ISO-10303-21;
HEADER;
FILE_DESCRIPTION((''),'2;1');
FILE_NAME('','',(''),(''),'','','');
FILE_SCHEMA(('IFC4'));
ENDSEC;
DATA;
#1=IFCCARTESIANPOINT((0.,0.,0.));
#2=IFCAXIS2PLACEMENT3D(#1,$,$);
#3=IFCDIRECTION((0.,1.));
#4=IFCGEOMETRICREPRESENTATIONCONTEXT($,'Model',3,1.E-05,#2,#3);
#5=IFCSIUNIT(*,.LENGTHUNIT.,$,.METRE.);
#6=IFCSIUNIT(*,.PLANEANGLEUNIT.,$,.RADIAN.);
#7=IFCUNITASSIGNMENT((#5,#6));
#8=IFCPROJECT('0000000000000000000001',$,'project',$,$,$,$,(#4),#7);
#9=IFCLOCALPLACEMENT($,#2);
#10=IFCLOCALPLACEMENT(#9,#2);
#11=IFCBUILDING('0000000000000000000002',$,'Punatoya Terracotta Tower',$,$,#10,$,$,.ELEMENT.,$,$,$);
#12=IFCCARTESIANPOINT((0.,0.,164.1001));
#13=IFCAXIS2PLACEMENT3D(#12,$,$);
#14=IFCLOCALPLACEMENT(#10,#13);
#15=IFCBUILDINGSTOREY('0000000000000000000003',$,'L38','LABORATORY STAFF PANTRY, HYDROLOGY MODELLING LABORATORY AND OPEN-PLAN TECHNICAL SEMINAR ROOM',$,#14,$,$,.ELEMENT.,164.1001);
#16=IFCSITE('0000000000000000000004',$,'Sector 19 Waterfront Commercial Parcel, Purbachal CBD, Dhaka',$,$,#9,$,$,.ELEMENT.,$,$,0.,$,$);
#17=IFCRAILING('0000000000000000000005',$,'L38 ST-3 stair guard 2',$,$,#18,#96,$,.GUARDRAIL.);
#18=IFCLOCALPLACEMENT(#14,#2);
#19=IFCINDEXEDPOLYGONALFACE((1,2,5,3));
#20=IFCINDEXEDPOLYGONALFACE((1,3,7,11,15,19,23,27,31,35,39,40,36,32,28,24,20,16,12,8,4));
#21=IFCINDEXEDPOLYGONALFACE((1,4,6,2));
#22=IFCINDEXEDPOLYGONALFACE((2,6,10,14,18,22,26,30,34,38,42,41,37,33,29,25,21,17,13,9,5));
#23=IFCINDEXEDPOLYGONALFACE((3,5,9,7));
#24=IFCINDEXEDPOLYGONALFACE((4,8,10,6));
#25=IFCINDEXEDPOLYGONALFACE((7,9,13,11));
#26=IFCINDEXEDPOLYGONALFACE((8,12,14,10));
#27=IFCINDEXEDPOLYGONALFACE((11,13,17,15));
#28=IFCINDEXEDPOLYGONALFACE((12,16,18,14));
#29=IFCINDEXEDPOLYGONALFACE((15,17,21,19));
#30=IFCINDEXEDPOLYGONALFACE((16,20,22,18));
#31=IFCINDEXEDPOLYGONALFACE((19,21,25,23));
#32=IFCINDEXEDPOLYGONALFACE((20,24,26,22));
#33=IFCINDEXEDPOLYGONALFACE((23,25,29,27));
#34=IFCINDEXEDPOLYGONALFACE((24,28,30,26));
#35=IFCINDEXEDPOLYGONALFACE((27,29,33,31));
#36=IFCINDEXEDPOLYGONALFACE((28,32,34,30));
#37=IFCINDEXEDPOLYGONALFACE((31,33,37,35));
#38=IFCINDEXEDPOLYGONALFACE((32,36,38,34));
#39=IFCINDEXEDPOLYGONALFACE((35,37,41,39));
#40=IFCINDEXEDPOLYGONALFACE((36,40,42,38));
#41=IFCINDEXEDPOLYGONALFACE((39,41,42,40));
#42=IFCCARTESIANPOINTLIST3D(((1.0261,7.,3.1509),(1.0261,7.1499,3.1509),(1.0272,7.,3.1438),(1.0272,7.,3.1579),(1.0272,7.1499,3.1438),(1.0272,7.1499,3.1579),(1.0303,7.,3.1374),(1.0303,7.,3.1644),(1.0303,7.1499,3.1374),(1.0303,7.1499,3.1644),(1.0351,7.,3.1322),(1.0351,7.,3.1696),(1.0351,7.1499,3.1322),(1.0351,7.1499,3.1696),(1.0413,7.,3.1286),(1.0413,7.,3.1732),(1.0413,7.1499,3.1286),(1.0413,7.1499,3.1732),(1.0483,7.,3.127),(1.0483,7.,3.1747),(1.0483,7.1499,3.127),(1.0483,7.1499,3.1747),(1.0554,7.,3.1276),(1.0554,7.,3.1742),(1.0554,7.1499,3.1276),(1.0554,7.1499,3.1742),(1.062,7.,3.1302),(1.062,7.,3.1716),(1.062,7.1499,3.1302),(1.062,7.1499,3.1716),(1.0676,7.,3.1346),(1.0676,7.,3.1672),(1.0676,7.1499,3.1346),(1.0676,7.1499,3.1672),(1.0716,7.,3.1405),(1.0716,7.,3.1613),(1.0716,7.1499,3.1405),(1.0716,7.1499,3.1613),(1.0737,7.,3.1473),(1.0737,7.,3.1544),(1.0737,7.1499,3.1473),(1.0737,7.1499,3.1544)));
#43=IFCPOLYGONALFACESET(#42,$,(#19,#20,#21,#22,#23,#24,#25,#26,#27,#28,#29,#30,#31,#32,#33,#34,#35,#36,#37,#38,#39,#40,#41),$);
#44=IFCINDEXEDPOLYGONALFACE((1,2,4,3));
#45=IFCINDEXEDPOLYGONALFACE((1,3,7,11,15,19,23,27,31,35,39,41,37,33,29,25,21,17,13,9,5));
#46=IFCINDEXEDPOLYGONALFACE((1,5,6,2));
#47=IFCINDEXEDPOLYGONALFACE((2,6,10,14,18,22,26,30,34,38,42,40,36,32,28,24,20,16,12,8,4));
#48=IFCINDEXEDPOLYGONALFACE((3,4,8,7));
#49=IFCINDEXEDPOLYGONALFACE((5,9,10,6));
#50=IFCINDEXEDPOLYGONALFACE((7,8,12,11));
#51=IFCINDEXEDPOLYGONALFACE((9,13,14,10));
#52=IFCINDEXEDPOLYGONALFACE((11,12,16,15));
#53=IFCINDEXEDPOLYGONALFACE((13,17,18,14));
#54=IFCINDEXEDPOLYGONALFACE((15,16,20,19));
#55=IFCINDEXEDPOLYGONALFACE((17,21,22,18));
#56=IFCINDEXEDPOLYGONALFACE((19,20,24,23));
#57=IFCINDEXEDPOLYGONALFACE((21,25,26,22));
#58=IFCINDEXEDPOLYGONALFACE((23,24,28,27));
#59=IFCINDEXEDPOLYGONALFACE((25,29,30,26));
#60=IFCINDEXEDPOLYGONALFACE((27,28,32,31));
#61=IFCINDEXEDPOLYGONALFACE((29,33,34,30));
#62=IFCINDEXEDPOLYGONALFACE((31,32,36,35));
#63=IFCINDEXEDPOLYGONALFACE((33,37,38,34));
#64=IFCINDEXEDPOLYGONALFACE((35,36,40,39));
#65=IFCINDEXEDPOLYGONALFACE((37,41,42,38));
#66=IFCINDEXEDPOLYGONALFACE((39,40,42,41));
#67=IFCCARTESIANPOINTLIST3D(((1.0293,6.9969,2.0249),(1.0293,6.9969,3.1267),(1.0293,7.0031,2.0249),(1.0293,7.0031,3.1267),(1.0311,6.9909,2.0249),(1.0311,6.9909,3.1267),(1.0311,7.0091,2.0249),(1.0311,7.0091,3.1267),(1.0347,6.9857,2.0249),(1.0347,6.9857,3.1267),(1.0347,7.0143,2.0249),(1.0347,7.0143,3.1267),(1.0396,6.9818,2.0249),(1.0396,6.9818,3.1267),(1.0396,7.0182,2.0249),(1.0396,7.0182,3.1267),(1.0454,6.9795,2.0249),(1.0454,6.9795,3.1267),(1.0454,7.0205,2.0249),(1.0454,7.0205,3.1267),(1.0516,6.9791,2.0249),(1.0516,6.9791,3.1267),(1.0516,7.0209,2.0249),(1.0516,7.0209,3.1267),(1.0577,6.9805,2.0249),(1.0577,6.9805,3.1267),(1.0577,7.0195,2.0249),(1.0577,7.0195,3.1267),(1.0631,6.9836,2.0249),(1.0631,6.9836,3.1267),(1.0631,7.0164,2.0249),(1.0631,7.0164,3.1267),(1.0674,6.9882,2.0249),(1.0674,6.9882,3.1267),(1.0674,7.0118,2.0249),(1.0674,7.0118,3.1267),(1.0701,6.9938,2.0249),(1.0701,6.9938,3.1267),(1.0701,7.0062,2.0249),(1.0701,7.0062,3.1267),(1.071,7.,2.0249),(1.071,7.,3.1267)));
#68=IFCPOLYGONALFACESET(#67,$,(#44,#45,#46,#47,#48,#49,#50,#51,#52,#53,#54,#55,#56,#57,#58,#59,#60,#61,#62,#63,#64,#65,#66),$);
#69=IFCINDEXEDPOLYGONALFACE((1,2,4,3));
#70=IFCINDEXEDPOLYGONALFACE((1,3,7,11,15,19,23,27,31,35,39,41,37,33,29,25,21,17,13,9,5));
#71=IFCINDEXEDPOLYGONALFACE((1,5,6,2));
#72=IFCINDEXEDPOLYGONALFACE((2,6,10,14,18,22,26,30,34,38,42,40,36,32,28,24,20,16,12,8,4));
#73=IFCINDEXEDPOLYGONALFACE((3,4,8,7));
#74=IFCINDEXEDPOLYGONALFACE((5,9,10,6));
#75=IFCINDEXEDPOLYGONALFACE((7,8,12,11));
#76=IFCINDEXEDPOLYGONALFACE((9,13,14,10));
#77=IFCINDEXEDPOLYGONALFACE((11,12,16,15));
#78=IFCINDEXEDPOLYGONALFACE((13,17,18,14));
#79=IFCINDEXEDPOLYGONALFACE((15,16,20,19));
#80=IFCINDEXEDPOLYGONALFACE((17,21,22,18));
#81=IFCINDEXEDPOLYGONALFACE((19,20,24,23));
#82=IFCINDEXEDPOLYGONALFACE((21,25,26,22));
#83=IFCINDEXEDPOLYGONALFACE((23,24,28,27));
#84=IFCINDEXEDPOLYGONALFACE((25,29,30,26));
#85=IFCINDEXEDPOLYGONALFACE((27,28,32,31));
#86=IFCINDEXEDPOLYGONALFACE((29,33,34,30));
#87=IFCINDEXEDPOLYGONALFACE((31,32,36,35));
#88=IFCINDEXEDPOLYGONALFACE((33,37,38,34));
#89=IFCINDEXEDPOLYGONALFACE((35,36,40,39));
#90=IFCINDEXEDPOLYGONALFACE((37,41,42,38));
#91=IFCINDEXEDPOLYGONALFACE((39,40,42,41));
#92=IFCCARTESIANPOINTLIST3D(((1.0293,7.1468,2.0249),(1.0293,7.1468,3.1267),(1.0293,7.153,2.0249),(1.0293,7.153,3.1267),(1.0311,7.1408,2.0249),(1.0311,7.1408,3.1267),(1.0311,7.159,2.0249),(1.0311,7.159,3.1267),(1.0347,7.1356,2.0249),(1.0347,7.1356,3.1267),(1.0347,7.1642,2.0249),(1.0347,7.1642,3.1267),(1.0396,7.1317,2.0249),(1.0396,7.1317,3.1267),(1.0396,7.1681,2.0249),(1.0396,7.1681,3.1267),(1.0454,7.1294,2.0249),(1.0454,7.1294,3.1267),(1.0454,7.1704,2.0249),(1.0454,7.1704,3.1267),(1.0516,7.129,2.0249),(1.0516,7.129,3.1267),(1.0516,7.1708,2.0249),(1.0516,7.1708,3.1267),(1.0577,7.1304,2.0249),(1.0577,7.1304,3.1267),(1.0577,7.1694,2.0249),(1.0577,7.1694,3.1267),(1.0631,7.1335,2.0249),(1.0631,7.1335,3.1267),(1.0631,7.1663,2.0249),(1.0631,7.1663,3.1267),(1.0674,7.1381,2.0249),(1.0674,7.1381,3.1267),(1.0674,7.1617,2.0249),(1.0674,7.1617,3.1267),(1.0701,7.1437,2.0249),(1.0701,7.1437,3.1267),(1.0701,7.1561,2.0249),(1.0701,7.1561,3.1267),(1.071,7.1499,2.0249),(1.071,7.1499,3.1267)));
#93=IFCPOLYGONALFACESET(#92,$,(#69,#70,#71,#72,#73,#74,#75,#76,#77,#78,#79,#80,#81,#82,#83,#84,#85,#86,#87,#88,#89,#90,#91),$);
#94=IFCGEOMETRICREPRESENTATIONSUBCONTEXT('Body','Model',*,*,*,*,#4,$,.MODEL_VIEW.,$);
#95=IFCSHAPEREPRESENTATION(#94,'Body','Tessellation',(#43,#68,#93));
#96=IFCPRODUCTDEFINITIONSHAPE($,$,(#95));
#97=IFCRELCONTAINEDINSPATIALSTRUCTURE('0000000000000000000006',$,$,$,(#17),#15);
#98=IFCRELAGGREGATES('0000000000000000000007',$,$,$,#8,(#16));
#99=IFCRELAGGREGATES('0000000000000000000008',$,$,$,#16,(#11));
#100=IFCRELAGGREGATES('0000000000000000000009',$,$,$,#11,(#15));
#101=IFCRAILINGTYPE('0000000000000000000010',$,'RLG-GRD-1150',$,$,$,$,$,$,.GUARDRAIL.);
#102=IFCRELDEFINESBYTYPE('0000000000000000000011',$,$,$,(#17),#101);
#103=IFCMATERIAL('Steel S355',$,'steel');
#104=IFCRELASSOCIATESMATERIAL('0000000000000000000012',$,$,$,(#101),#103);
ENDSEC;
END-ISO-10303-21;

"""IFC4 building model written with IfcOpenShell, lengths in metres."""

from ifc_helpers import new_model, si_unit, direction, frame, origin, origin_2d, place, context, subcontext, project, spatial, circle, extrude, material, type_object, element, save


model = new_model("IFC4")

# Units and contexts
model_context = context("Model", 3, precision=1e-05, world=origin(), true_north=direction((0.0, 1.0)))
body_context = subcontext(model_context, "Body", "Model", "MODEL_VIEW")
ifc_project = project(units=[si_unit("LENGTHUNIT", "METRE"), si_unit("PLANEANGLEUNIT", "RADIAN")], contexts=[model_context])

# Site, building, storey
site_placement = place(None, origin())
site = spatial("IfcSite", under=ifc_project, at=site_placement, Name="Sector 19 Waterfront Commercial Parcel, Purbachal CBD, Dhaka", CompositionType="ELEMENT", RefElevation=0.0)
building_placement = place(site_placement, origin())
building = spatial("IfcBuilding", under=site, at=building_placement, Name="Punatoya Terracotta Tower", CompositionType="ELEMENT")
storey_placement = place(building_placement, frame((0.0, 0.0, 164.1001)))
storey = spatial("IfcBuildingStorey", under=building, at=storey_placement, Name="L38", Description="LABORATORY STAFF PANTRY, HYDROLOGY MODELLING LABORATORY AND OPEN-PLAN TECHNICAL SEMINAR ROOM", CompositionType="ELEMENT", Elevation=164.1001)

# Shared definitions
ifc_material_1 = material(Name="Steel S355", Category="steel")

# Railing
railing_type_1 = type_object("IfcRailingType", Name="RLG-GRD-1150", PredefinedType="GUARDRAIL", material=ifc_material_1)
railing_1_placement = place(storey_placement, frame((1.05, 7.0, 2.0249)))
element("IfcRailing", 1, at=railing_1_placement, inside=storey, type_object=railing_type_1, Name="L38 ST-3 stair guard 2", PredefinedType="GUARDRAIL", context=body_context, shape_type="SweptSolid", body=[
    extrude(circle(Radius=0.0239, at=origin_2d()), frame((0.0, 0.0, 1.126), z_axis=(0.0, 1.0, 0.0), x_axis=(-1.0, 0.0, 0.0)), (0.0, 0.0, 1.0), 0.1499),
    extrude(circle(Radius=0.021, at=origin_2d()), origin(), (0.0, 0.0, 1.0), 1.1018),
    extrude(circle(Radius=0.021, at=origin_2d()), frame((0.0, 0.1499, 0.0)), (0.0, 0.0, 1.0), 1.1018),
])

save(model, "model.ifc")
